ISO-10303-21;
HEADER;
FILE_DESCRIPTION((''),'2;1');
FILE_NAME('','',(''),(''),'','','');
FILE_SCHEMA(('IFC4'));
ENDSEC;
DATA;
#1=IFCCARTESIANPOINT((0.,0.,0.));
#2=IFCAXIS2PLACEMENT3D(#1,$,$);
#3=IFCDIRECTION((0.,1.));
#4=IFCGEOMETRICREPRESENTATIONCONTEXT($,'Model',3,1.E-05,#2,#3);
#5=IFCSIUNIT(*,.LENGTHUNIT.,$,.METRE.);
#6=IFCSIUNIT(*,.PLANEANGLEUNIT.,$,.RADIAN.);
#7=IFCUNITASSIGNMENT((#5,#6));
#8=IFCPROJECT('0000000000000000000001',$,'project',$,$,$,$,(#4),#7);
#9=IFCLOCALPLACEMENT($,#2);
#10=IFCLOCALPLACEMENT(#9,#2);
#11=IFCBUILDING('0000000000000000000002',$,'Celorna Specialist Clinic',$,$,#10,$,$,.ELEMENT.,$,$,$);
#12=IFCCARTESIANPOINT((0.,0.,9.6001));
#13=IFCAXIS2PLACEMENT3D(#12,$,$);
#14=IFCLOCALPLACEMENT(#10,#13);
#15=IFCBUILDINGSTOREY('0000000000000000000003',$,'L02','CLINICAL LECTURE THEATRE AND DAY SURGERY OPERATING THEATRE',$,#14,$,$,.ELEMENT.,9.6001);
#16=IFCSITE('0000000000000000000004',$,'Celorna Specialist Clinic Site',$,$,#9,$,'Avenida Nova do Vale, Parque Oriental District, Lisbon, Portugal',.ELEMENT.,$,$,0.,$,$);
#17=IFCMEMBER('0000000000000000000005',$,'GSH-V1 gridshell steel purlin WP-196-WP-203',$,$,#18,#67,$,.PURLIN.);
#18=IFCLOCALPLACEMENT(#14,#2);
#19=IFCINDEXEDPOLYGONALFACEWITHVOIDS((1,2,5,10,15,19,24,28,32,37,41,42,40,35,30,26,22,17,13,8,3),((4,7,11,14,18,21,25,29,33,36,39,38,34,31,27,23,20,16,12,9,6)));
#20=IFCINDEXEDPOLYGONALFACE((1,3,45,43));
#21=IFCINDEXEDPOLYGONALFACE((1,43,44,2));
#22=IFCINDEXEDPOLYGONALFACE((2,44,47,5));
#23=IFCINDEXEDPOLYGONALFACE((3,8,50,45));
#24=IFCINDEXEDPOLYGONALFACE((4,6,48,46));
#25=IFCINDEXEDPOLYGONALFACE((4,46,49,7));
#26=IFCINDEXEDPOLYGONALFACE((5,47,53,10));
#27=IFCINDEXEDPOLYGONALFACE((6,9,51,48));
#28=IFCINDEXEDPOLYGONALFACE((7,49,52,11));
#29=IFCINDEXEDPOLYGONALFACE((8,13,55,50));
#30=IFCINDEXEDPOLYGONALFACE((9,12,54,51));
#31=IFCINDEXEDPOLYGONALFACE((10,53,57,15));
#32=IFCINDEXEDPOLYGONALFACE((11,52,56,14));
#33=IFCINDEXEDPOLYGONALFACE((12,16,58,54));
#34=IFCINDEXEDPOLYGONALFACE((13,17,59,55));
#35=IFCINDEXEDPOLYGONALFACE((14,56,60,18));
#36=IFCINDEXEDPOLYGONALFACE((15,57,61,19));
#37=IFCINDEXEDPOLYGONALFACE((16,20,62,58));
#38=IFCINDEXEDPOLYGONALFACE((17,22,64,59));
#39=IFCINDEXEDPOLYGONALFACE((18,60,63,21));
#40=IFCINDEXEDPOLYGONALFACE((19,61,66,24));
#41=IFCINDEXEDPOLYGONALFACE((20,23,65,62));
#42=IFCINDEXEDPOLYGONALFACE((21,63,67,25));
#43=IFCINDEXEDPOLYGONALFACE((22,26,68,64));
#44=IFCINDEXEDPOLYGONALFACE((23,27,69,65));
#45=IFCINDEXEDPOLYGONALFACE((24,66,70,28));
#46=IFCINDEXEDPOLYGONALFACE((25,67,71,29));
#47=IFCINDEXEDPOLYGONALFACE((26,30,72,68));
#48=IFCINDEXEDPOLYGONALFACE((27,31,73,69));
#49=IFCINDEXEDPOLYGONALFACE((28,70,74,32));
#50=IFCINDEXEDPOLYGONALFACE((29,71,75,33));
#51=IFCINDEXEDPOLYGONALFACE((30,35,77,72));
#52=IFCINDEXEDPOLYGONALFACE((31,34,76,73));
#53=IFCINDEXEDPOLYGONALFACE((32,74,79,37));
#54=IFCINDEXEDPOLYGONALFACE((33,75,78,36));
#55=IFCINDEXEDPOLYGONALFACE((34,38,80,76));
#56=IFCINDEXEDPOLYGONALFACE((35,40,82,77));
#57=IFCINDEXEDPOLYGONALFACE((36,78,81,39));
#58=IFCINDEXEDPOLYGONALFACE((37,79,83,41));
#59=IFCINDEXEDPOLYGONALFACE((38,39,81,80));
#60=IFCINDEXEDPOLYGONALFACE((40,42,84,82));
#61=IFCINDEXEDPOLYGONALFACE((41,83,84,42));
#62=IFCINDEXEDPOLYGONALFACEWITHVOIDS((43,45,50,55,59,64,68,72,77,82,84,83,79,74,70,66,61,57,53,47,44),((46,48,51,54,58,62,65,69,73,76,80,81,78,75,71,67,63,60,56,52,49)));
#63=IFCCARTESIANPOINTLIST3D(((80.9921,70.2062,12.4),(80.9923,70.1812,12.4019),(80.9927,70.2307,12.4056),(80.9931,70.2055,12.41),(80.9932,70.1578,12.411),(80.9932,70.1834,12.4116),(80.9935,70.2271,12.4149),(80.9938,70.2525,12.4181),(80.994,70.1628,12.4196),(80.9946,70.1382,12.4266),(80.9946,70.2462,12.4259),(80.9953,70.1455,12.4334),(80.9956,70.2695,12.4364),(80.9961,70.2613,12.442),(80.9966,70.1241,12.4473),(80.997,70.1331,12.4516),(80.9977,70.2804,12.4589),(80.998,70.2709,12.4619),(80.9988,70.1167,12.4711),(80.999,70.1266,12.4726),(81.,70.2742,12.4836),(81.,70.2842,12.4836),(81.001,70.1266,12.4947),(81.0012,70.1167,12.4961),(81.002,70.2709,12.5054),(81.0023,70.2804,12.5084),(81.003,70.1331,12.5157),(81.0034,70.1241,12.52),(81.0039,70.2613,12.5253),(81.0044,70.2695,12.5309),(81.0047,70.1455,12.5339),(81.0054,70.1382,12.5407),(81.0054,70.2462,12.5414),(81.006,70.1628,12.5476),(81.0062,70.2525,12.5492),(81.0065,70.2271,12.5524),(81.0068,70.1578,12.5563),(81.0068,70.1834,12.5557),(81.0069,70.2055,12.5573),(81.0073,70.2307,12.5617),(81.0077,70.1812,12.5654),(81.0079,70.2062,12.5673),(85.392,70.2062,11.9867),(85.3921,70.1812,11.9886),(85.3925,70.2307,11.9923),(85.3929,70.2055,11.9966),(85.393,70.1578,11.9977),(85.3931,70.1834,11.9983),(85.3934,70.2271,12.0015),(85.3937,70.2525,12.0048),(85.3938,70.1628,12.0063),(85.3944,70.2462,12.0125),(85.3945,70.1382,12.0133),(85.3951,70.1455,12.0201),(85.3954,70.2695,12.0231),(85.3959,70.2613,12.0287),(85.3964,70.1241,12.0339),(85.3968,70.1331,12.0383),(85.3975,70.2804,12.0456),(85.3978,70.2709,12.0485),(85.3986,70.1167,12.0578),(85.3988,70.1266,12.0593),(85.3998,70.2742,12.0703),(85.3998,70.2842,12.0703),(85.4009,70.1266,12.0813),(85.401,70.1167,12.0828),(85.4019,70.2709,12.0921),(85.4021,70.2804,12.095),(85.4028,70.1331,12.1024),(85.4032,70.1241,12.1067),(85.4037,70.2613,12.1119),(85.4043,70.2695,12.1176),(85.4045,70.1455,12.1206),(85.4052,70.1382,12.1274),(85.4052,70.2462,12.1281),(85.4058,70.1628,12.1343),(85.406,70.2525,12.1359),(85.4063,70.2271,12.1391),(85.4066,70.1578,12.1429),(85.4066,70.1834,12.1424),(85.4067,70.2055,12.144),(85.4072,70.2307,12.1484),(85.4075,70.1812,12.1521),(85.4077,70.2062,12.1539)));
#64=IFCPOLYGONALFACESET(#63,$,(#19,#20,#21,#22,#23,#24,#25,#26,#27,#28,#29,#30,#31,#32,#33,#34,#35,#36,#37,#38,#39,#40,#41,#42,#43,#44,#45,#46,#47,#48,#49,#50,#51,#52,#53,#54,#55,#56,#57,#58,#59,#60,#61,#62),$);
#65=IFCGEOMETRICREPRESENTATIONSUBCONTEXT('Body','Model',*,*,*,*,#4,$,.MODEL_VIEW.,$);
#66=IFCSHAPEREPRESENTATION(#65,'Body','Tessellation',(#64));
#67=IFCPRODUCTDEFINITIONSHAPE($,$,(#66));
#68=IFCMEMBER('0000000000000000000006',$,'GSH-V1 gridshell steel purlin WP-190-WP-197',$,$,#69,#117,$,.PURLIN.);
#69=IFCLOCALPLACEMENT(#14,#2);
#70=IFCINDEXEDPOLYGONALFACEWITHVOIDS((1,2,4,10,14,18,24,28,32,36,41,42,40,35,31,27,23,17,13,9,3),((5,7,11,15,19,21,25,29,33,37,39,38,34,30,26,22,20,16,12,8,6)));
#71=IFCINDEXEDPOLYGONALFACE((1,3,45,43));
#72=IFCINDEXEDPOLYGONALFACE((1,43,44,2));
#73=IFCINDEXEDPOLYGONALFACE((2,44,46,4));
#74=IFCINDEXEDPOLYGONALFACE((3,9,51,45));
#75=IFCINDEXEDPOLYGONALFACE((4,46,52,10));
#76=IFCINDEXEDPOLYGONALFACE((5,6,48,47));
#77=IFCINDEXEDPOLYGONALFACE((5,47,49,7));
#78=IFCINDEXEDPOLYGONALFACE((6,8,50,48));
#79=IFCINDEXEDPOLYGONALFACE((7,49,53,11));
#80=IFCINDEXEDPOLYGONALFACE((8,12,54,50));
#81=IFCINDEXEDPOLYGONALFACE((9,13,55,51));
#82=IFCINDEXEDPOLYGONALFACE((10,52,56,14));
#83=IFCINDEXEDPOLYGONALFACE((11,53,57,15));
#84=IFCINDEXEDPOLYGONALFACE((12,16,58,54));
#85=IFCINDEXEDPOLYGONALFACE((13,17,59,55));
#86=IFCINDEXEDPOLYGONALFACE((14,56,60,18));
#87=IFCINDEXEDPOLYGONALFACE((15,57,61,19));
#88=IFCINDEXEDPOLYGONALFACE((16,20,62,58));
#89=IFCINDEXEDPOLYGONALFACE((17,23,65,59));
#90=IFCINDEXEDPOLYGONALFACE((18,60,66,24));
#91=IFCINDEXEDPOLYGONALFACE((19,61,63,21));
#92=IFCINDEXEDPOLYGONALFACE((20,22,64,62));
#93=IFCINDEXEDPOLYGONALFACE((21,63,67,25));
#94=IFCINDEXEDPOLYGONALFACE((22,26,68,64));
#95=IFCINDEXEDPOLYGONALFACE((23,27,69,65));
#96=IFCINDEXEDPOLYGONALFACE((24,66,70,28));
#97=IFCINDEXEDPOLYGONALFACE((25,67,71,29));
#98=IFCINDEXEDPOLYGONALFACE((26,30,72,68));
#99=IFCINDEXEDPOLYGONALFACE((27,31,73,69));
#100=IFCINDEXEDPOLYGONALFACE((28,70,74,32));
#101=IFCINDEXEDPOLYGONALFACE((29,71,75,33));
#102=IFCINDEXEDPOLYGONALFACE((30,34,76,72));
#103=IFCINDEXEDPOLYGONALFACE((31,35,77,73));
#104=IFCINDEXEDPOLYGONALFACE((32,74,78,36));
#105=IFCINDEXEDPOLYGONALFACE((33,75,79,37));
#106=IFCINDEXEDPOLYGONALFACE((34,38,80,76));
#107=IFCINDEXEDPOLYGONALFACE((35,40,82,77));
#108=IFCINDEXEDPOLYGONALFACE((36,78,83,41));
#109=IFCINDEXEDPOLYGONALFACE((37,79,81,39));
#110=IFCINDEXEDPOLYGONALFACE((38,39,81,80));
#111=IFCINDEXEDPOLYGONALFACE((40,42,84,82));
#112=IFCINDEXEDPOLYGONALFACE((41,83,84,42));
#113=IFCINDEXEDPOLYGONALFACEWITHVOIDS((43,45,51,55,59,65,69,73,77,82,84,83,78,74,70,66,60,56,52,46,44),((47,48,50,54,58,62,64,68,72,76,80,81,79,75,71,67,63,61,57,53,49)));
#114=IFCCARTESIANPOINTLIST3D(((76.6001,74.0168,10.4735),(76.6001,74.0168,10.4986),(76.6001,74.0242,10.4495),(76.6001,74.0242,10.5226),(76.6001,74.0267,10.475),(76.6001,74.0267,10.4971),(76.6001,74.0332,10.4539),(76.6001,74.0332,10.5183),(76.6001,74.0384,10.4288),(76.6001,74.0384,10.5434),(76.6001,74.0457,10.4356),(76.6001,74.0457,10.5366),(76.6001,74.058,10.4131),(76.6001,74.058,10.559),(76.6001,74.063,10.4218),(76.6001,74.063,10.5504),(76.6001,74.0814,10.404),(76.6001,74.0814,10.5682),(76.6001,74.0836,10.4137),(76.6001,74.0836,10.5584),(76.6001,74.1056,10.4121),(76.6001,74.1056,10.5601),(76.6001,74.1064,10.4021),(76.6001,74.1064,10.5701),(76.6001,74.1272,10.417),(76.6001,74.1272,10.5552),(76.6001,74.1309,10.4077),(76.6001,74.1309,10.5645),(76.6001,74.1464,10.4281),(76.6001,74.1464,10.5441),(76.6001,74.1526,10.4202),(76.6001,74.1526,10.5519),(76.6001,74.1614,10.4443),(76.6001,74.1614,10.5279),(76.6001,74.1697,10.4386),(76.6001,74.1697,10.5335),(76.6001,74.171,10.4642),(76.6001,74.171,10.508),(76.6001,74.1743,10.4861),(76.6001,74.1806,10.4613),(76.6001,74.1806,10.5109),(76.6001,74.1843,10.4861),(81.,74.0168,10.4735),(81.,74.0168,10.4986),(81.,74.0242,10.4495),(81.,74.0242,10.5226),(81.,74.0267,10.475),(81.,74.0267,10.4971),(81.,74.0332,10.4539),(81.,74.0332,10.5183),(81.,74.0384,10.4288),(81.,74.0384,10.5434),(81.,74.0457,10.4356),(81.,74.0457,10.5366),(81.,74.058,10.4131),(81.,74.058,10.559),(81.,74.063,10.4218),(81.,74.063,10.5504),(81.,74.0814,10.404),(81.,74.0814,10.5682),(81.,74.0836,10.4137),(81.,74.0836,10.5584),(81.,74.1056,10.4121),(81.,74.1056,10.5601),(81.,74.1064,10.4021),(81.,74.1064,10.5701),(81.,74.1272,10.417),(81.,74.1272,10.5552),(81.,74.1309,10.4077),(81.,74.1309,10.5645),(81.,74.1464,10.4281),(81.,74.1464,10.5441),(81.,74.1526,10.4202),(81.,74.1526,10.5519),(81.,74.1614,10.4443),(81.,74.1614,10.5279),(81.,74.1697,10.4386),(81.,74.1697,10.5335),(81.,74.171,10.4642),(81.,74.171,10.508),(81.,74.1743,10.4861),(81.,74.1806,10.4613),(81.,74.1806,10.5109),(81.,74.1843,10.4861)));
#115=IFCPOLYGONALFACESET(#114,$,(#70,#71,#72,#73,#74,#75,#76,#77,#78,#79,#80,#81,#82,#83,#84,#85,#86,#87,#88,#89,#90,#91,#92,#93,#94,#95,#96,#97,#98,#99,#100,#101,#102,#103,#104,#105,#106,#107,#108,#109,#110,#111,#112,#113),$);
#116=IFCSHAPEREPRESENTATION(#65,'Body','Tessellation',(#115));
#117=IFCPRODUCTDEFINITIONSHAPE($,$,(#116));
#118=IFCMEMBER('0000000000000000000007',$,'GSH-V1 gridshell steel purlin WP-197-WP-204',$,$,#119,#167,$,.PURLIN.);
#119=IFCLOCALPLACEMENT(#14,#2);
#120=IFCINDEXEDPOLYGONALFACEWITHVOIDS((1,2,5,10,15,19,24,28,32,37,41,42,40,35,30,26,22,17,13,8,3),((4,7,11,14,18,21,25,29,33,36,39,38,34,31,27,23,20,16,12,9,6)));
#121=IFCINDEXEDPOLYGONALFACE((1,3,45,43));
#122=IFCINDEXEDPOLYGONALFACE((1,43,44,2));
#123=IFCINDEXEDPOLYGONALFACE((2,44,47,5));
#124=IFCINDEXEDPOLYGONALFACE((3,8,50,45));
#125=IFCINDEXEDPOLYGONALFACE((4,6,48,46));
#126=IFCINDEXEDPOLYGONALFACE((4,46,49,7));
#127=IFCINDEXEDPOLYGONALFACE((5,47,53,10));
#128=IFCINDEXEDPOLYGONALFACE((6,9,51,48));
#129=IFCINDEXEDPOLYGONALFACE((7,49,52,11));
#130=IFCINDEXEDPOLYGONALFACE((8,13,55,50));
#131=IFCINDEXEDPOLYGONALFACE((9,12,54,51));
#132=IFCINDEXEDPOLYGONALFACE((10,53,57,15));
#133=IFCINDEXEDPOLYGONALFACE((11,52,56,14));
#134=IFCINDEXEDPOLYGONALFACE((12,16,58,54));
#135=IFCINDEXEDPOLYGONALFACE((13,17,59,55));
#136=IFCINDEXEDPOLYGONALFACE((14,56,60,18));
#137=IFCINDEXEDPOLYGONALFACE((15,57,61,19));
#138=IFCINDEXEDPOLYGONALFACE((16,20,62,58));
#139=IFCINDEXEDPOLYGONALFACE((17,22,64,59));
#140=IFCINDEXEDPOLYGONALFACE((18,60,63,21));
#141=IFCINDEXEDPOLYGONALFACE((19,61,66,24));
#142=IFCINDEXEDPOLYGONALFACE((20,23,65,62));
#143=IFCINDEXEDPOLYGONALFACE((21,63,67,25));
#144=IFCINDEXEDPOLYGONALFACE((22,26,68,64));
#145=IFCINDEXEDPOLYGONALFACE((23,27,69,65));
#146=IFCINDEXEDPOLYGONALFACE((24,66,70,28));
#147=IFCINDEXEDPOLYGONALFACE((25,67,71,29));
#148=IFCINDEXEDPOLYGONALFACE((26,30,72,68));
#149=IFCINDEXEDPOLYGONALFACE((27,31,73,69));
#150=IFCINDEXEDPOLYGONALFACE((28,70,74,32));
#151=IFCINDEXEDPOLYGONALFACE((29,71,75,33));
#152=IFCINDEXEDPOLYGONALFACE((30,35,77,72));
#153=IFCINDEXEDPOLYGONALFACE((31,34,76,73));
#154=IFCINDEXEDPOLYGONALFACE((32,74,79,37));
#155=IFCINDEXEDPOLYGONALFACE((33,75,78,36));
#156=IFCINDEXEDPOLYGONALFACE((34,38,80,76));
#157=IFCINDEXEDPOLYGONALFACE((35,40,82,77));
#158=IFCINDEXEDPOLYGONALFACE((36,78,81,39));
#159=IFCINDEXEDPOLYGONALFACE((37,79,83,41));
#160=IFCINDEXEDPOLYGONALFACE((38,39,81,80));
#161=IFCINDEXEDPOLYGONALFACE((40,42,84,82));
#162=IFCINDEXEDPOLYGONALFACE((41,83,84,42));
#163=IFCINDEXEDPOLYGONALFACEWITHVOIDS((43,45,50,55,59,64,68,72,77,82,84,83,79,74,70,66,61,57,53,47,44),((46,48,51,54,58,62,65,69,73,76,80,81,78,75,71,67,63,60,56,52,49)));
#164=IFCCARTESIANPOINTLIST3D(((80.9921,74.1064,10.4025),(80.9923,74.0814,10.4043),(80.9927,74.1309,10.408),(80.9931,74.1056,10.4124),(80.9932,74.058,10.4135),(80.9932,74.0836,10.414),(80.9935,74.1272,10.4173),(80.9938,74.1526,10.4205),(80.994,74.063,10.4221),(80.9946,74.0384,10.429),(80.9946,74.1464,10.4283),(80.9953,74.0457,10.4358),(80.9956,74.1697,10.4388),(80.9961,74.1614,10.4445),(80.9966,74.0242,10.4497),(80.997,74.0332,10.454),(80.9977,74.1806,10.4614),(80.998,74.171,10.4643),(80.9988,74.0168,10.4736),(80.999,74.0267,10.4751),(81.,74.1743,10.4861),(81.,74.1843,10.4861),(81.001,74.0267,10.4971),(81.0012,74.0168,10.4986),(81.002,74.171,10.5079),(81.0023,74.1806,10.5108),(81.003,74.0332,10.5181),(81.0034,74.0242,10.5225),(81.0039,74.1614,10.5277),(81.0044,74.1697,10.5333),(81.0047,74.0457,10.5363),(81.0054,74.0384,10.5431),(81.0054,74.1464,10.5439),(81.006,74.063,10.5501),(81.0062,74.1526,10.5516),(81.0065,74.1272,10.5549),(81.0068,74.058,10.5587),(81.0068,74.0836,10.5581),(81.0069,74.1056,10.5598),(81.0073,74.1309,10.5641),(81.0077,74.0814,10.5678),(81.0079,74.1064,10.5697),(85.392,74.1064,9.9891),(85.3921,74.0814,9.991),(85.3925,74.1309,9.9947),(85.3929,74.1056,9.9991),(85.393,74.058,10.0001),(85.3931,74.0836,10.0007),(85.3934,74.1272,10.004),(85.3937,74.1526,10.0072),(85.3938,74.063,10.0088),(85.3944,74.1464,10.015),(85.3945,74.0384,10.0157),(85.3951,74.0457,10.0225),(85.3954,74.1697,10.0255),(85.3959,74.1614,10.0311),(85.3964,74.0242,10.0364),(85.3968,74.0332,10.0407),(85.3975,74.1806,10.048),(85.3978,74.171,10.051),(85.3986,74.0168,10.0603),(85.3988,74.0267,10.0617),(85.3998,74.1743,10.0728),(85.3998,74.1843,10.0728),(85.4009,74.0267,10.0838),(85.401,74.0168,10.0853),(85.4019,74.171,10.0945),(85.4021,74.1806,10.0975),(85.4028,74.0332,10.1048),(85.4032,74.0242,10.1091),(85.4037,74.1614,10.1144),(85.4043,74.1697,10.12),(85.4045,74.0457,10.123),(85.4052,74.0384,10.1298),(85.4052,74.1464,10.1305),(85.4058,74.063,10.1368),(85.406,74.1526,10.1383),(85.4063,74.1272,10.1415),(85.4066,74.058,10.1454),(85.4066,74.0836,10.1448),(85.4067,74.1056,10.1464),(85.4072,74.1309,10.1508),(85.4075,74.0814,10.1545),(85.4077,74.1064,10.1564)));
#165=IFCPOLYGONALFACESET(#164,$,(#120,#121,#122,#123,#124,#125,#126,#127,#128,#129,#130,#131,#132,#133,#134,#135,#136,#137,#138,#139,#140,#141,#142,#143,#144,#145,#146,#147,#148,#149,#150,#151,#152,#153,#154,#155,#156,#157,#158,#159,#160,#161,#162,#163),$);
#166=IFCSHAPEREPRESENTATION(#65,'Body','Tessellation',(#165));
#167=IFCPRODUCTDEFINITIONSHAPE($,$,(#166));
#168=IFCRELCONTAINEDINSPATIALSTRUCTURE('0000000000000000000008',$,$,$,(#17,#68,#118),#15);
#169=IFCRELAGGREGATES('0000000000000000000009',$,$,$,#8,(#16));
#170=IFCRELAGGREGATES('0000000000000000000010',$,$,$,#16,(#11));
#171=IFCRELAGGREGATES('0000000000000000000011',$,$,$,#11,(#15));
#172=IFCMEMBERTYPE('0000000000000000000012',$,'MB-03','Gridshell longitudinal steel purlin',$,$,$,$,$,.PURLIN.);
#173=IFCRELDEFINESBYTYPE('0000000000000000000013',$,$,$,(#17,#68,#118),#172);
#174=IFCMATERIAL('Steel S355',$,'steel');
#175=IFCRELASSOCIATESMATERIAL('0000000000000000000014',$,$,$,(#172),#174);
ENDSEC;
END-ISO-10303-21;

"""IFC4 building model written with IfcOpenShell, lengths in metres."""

from ifc_helpers import new_model, si_unit, direction, frame, origin, origin_2d, place, context, subcontext, project, spatial, hollow_circle, extrude, material, material_profile, profile_set, type_object, element, save


model = new_model("IFC4")

# Units and contexts
model_context = context("Model", 3, precision=1e-05, world=origin(), true_north=direction((0.0, 1.0)))
body_context = subcontext(model_context, "Body", "Model", "MODEL_VIEW")
ifc_project = project(units=[si_unit("LENGTHUNIT", "METRE"), si_unit("PLANEANGLEUNIT", "RADIAN")], contexts=[model_context])

# Site, building, storey
site_placement = place(None, origin())
site = spatial("IfcSite", under=ifc_project, at=site_placement, Name="Celorna Specialist Clinic Site", LongName="Avenida Nova do Vale, Parque Oriental District, Lisbon, Portugal", CompositionType="ELEMENT", RefElevation=0.0)
building_placement = place(site_placement, origin())
building = spatial("IfcBuilding", under=site, at=building_placement, Name="Celorna Specialist Clinic", CompositionType="ELEMENT")
storey_placement = place(building_placement, frame((0.0, 0.0, 9.6001)))
storey = spatial("IfcBuildingStorey", under=building, at=storey_placement, Name="L02", Description="CLINICAL LECTURE THEATRE AND DAY SURGERY OPERATING THEATRE", CompositionType="ELEMENT", Elevation=9.6001)

# Shared definitions
ifc_material_1 = material(Name="Steel S355", Category="steel")

# Members
ifc_material_profile_1 = material_profile(ifc_material_1, hollow_circle(Radius=0.0842, WallThickness=0.01, at=origin_2d()), Name="CHS 168.3x10")
ifc_profile_set_1 = profile_set([ifc_material_profile_1], Name="Steel S355")
member_type_1 = type_object("IfcMemberType", Name="MB-03", Description="Gridshell longitudinal steel purlin", PredefinedType="PURLIN", material=ifc_profile_set_1)
member_1_placement = place(storey_placement, frame((81.0, 70.2, 12.4836), z_axis=(0.995617, 0.0, -0.093529), x_axis=(0.0, 1.0, 0.0)))
element("IfcMember", 1, at=member_1_placement, inside=storey, type_object=member_type_1, Name="GSH-V1 gridshell steel purlin WP-196-WP-203", PredefinedType="PURLIN", context=body_context, shape_type="SweptSolid", body=[
    extrude(hollow_circle(Radius=0.0842, WallThickness=0.01, at=origin_2d()), origin(), (0.0, 0.0, 1.0), 4.4192),
])
member_2_placement = place(storey_placement, frame((76.6001, 74.1001, 10.4861), z_axis=(1.0, 0.0, 0.0), x_axis=(0.0, 1.0, 0.0)))
element("IfcMember", 2, at=member_2_placement, inside=storey, type_object=member_type_1, Name="GSH-V1 gridshell steel purlin WP-190-WP-197", PredefinedType="PURLIN", context=body_context, shape_type="SweptSolid", body=[
    extrude(hollow_circle(Radius=0.0842, WallThickness=0.01, at=origin_2d()), origin(), (0.0, 0.0, 1.0), 4.3999),
])
member_3_placement = place(storey_placement, frame((81.0, 74.1001, 10.4861), z_axis=(0.995617, 0.0, -0.093529), x_axis=(0.0, 1.0, 0.0)))
element("IfcMember", 3, at=member_3_placement, inside=storey, type_object=member_type_1, Name="GSH-V1 gridshell steel purlin WP-197-WP-204", PredefinedType="PURLIN", context=body_context, shape_type="SweptSolid", body=[
    extrude(hollow_circle(Radius=0.0842, WallThickness=0.01, at=origin_2d()), origin(), (0.0, 0.0, 1.0), 4.4192),
])

save(model, "model.ifc")
